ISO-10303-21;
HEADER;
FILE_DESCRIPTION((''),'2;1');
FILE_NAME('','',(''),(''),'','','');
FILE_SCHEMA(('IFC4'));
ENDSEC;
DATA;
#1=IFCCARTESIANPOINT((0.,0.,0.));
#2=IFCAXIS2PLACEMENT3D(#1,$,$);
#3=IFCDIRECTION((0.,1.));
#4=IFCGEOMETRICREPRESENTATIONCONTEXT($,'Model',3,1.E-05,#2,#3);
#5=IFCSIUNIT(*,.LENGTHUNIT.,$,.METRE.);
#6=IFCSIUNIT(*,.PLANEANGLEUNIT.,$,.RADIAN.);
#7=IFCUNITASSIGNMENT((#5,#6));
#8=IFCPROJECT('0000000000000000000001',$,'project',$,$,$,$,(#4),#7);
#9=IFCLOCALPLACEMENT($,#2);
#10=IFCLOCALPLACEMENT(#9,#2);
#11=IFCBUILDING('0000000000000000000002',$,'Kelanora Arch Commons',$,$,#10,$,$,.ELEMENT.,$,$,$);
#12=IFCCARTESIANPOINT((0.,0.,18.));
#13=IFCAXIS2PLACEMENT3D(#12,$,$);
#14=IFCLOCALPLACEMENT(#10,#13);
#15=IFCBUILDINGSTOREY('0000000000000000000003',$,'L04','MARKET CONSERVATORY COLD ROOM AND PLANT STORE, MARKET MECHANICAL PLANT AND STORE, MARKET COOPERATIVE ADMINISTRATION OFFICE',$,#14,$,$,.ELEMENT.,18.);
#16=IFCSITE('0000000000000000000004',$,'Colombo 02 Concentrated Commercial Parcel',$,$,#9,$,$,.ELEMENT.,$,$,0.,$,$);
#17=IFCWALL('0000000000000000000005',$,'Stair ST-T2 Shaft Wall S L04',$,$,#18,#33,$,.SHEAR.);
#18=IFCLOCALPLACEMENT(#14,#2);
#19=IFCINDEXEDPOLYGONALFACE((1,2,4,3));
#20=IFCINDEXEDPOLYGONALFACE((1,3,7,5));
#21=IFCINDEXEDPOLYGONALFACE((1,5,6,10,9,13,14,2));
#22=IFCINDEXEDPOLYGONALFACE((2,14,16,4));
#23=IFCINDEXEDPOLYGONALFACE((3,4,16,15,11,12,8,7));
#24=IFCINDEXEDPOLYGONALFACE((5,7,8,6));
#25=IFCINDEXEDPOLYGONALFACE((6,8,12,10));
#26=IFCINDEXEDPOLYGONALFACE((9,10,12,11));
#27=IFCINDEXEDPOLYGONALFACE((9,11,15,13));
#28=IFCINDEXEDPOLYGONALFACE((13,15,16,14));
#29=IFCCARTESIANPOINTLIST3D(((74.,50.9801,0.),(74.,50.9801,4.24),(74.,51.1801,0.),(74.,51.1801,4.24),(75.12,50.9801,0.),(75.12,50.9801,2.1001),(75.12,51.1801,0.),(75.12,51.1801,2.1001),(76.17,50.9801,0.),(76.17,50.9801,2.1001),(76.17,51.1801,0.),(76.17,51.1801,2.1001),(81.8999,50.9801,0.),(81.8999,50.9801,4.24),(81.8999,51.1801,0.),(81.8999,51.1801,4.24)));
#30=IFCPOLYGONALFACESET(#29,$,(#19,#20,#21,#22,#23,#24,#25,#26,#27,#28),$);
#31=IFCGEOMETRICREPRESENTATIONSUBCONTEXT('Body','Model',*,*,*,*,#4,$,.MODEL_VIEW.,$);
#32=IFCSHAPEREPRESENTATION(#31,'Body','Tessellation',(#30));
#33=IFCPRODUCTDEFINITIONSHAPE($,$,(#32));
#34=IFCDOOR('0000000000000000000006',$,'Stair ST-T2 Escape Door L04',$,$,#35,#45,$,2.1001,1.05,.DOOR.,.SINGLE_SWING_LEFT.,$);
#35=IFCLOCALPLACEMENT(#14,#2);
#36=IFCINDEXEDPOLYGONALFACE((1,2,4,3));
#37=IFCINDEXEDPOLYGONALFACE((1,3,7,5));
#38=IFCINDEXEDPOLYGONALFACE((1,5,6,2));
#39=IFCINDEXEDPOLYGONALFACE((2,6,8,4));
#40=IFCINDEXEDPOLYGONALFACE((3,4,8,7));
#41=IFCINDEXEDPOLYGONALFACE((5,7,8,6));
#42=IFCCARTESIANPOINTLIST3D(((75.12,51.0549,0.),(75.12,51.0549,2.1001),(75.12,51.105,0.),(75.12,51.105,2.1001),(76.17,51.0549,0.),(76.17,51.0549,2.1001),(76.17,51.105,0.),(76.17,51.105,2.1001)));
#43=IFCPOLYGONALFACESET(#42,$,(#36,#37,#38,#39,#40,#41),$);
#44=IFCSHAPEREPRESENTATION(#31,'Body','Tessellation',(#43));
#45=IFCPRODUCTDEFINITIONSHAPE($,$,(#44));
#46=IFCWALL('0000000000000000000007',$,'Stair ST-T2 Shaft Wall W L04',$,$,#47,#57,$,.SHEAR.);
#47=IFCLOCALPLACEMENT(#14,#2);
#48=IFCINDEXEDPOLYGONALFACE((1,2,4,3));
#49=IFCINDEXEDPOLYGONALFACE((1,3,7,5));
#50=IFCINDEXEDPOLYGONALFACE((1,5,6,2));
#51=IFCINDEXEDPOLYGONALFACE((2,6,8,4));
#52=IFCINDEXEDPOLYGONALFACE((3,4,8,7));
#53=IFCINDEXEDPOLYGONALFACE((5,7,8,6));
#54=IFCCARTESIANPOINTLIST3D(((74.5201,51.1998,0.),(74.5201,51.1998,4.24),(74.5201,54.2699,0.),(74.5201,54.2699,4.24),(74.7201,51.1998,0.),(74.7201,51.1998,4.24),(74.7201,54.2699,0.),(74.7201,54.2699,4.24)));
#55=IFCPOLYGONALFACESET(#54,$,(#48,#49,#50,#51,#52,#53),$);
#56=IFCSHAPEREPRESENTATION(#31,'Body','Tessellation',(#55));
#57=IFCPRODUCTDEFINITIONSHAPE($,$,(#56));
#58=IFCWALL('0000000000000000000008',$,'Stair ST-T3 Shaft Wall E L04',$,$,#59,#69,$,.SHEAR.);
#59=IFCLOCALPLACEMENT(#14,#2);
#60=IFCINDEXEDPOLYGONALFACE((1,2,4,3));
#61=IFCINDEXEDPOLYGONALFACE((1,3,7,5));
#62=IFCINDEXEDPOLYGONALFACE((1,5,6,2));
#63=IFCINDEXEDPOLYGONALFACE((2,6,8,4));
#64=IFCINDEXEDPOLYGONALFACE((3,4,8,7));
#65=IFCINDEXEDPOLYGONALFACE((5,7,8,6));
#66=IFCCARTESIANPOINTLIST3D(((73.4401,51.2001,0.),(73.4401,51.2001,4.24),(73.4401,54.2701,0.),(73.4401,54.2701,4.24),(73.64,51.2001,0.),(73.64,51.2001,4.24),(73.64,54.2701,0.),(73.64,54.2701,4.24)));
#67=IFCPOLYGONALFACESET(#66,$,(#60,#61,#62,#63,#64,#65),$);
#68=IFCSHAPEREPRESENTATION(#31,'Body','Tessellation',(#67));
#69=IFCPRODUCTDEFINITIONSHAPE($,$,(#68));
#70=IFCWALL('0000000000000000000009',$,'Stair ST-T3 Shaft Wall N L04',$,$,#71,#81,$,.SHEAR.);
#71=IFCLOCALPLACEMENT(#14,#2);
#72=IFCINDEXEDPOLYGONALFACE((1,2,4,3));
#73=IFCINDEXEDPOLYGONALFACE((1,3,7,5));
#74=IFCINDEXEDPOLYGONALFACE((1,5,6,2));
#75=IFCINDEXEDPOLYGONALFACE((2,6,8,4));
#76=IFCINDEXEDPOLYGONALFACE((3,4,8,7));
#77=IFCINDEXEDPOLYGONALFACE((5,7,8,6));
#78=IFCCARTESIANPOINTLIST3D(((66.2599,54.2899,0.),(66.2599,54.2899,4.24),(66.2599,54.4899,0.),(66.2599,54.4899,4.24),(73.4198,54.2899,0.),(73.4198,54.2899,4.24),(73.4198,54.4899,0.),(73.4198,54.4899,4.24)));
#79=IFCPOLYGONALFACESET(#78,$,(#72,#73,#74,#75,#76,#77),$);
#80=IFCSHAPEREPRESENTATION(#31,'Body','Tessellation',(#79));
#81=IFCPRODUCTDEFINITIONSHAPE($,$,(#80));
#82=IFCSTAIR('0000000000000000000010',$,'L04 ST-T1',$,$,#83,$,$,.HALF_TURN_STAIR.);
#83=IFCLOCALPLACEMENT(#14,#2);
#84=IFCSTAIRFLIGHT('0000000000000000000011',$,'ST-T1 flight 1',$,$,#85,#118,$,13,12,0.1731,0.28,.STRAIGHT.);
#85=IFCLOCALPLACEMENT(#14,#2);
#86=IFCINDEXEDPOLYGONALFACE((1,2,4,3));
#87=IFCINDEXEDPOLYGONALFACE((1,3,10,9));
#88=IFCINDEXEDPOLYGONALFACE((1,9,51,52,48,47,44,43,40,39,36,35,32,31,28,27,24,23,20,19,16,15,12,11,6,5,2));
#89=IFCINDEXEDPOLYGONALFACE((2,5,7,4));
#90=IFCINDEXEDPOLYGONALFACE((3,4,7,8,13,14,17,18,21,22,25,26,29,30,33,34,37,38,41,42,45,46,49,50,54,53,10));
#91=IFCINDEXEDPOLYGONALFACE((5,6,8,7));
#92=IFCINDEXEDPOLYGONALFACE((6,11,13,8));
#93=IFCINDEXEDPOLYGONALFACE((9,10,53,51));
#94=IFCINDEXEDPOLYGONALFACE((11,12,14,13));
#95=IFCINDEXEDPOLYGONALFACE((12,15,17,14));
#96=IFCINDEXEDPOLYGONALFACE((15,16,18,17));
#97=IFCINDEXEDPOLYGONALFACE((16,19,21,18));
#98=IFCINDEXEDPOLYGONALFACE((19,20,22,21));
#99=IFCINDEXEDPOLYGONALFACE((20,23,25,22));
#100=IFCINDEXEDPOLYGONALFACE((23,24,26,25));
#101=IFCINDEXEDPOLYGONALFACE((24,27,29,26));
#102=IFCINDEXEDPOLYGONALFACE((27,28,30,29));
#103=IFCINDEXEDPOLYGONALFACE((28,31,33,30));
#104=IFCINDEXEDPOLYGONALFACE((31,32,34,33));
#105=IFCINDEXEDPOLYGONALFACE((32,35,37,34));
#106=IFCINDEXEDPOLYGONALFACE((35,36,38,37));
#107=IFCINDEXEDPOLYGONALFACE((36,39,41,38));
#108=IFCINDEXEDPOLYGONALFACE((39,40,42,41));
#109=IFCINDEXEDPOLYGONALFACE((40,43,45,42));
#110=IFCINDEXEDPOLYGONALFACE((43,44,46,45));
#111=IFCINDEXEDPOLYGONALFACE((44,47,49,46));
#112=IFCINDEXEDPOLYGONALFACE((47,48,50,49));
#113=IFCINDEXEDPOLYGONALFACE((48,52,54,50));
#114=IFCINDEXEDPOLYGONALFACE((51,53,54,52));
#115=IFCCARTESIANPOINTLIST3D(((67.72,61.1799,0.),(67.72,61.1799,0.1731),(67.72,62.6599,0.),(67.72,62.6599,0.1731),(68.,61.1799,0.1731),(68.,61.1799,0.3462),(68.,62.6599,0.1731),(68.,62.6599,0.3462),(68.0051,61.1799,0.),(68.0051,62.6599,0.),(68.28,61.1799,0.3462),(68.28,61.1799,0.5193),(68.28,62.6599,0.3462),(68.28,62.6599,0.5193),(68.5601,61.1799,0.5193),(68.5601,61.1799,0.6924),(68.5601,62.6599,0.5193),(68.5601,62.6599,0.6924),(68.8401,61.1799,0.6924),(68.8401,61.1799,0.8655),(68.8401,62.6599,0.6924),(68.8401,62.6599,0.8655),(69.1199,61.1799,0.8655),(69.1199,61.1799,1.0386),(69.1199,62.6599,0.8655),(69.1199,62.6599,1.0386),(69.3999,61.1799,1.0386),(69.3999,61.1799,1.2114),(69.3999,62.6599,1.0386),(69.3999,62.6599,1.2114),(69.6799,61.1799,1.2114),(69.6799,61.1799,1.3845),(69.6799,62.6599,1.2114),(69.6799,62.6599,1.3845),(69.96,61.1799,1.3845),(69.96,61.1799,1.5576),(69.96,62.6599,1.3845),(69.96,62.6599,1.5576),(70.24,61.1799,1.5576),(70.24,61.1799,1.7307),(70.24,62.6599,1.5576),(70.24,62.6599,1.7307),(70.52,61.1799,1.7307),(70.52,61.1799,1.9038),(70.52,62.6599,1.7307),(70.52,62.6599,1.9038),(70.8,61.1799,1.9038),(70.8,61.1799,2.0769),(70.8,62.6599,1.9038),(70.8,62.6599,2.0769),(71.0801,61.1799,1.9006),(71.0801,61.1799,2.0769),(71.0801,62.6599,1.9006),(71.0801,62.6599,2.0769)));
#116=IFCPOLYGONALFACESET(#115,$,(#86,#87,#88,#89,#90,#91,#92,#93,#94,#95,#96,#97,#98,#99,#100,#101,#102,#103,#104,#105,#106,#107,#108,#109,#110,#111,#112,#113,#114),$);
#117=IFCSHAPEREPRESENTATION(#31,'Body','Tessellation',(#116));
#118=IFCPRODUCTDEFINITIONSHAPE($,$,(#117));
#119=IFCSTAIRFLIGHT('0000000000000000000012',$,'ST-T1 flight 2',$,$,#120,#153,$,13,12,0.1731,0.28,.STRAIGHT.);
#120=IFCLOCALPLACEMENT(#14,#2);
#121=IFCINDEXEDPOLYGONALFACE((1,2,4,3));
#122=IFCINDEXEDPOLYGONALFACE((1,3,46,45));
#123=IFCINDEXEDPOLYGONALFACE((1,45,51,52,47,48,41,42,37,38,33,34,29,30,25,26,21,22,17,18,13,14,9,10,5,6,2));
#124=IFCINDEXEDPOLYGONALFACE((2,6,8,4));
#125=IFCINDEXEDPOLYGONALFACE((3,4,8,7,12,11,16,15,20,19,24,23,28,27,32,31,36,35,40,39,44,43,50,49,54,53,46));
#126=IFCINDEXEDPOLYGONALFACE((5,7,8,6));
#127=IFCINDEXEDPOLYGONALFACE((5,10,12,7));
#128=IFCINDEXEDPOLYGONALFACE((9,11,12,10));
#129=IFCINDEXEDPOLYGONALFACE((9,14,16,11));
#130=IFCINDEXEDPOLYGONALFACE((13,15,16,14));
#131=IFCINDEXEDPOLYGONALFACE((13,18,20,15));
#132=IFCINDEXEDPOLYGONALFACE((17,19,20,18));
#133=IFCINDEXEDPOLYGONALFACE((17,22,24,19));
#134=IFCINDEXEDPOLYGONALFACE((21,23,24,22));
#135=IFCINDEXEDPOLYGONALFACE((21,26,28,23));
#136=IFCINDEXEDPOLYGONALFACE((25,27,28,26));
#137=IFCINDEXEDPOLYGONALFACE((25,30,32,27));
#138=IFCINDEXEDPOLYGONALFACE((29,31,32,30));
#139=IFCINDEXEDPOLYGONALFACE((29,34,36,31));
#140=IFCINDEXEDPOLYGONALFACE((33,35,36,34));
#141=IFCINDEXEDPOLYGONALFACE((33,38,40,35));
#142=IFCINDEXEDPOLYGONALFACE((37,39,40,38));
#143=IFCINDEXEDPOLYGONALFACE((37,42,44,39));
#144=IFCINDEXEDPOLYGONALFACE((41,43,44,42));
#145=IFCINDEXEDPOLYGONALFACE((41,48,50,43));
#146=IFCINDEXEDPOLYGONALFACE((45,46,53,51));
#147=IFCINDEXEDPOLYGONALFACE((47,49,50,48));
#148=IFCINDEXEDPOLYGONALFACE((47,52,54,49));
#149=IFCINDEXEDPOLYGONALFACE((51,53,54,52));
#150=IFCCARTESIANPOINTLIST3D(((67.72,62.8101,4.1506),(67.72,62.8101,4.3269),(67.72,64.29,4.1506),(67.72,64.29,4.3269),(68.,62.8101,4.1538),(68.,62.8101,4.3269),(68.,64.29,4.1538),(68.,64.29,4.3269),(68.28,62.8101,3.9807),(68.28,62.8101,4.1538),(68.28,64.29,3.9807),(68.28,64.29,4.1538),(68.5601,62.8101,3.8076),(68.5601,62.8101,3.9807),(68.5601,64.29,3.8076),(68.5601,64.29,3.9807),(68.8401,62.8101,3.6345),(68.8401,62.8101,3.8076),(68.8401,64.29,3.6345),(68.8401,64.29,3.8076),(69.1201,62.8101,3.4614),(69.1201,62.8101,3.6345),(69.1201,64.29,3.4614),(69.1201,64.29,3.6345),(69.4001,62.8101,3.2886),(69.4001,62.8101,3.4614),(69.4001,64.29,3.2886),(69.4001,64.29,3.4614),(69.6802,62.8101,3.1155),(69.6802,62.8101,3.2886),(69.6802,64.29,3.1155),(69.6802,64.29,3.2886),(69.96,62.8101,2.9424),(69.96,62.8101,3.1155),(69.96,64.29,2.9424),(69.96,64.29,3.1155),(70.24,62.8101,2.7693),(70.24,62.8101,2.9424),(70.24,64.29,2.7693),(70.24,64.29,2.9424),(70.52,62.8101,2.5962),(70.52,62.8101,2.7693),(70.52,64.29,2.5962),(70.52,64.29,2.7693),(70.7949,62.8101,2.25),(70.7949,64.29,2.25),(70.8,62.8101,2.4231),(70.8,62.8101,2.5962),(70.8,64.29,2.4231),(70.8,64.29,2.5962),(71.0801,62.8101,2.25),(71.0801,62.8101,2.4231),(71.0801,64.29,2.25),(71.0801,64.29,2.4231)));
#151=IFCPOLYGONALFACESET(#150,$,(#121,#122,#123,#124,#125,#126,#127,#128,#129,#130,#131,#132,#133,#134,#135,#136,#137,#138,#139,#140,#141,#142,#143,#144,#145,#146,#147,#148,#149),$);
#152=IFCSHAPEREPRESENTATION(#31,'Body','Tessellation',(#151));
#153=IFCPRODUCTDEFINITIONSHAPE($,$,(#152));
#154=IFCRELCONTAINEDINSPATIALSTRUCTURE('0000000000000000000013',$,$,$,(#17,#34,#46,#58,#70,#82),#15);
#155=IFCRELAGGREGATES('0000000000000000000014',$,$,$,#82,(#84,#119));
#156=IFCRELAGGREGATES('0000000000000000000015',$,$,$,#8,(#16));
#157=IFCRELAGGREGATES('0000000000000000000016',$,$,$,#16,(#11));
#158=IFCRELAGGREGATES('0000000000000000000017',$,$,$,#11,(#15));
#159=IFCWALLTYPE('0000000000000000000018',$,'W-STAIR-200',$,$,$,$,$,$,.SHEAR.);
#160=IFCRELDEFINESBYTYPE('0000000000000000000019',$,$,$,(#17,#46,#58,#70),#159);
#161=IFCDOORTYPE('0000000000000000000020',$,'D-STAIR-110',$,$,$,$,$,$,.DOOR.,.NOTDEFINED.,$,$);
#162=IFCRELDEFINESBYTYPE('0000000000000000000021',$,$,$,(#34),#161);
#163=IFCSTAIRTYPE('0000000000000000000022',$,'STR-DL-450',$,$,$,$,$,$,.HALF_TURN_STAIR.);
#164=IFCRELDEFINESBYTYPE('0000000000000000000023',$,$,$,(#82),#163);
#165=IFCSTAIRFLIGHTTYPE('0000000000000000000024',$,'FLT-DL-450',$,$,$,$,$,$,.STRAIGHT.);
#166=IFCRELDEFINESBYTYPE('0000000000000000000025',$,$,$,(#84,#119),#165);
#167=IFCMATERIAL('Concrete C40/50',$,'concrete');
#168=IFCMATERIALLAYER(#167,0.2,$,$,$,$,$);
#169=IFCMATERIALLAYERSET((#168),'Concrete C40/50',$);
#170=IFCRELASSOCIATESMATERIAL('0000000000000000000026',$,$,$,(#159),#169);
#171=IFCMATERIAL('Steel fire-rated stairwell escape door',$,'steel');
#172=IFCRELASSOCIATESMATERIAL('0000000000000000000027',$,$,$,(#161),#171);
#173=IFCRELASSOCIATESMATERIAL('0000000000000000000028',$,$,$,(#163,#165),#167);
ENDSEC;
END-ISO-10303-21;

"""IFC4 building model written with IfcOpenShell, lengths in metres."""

from ifc_helpers import new_model, si_unit, direction, frame, frame_2d, origin, place, context, subcontext, project, spatial, polyline, rectangle, outline, extrude, material, layer, layer_set, type_object, element, fill, aggregate, save


model = new_model("IFC4")

# Units and contexts
model_context = context("Model", 3, precision=1e-05, world=origin(), true_north=direction((0.0, 1.0)))
body_context = subcontext(model_context, "Body", "Model", "MODEL_VIEW")
ifc_project = project(units=[si_unit("LENGTHUNIT", "METRE"), si_unit("PLANEANGLEUNIT", "RADIAN")], contexts=[model_context])

# Site, building, storey
site_placement = place(None, origin())
site = spatial("IfcSite", under=ifc_project, at=site_placement, Name="Colombo 02 Concentrated Commercial Parcel", CompositionType="ELEMENT", RefElevation=0.0)
building_placement = place(site_placement, origin())
building = spatial("IfcBuilding", under=site, at=building_placement, Name="Kelanora Arch Commons", CompositionType="ELEMENT")
storey_placement = place(building_placement, frame((0.0, 0.0, 18.0)))
storey = spatial("IfcBuildingStorey", under=building, at=storey_placement, Name="L04", Description="MARKET CONSERVATORY COLD ROOM AND PLANT STORE, MARKET MECHANICAL PLANT AND STORE, MARKET COOPERATIVE ADMINISTRATION OFFICE", CompositionType="ELEMENT", Elevation=18.0)

# Shared definitions
ifc_material_1 = material(Name="Concrete C40/50", Category="concrete")

# Shared definitions
ifc_layer_1 = layer(ifc_material_1, 0.2)
ifc_layer_set_1 = layer_set([ifc_layer_1], Name="Concrete C40/50")
wall_type_1 = type_object("IfcWallType", Name="W-STAIR-200", PredefinedType="SHEAR", material=ifc_layer_set_1)

# Wall, opening, door
wall_1_placement = place(storey_placement, frame((74.0, 51.0801, 0.0), z_axis=(0.0, 0.0, 1.0), x_axis=(1.0, 0.0, 0.0)))
wall_1 = element("IfcWall", 1, at=wall_1_placement, inside=storey, type_object=wall_type_1, Name="Stair ST-T2 Shaft Wall S L04", PredefinedType="SHEAR", context=body_context, shape_type="SweptSolid", body=[
    extrude(rectangle(XDim=7.8999, YDim=0.2, at=frame_2d((3.95, 0.0))), origin(), (0.0, 0.0, 1.0), 4.24),
])
opening_1_placement = place(wall_1_placement, frame((1.1201, 0.0, 0.0)))
opening_1 = element("IfcOpeningElement", 2, at=opening_1_placement, cuts=wall_1, PredefinedType="OPENING", context=body_context, shape_type="SweptSolid", body=[
    extrude(rectangle(XDim=1.05, YDim=2.1001, at=frame_2d((0.5249, 1.05))), frame((0.0, 0.1099, 0.0), z_axis=(0.0, -1.0, 0.0), x_axis=(1.0, 0.0, 0.0)), (0.0, 0.0, 1.0), 0.22),
])
ifc_material_2 = material(Name="Steel fire-rated stairwell escape door", Category="steel")
door_type_1 = type_object("IfcDoorType", Name="D-STAIR-110", OperationType="NOTDEFINED", PredefinedType="DOOR", material=ifc_material_2)
door_1_placement = place(opening_1_placement, origin())
door_1 = element("IfcDoor", 3, at=door_1_placement, inside=storey, type_object=door_type_1, Name="Stair ST-T2 Escape Door L04", OperationType="SINGLE_SWING_LEFT", OverallHeight=2.1001, OverallWidth=1.05, PredefinedType="DOOR", context=body_context, shape_type="SweptSolid", body=[
    extrude(rectangle(XDim=1.05, YDim=2.1001, at=frame_2d((0.5249, 1.05))), frame((0.0, 0.0249, 0.0), z_axis=(0.0, -1.0, 0.0), x_axis=(1.0, 0.0, 0.0)), (0.0, 0.0, 1.0), 0.05),
])
fill(opening_1, door_1)

# Walls
for number, where, z_axis, x_axis, name in (
    (4, (74.6201, 54.27, 0.0), (0.0, 0.0, 1.0), (0.0, -1.0, 0.0), "Stair ST-T2 Shaft Wall W L04"),
    (5, (73.54, 51.2, 0.0), (0.0, 0.0, 1.0), (0.0, 1.0, 0.0), "Stair ST-T3 Shaft Wall E L04"),
):
    element("IfcWall", number, at=place(storey_placement, frame(where, z_axis=z_axis, x_axis=x_axis)), inside=storey, type_object=wall_type_1, Name=name, PredefinedType="SHEAR", context=body_context, shape_type="SweptSolid", body=[
        extrude(rectangle(XDim=3.0701, YDim=0.2, at=frame_2d((1.5352, 0.0))), origin(), (0.0, 0.0, 1.0), 4.24),
    ])
wall_2_placement = place(storey_placement, frame((73.4199, 54.3899, 0.0), z_axis=(0.0, 0.0, 1.0), x_axis=(-1.0, 0.0, 0.0)))
element("IfcWall", 6, at=wall_2_placement, inside=storey, type_object=wall_type_1, Name="Stair ST-T3 Shaft Wall N L04", PredefinedType="SHEAR", context=body_context, shape_type="SweptSolid", body=[
    extrude(rectangle(XDim=7.1599, YDim=0.2, at=frame_2d((3.5801, 0.0))), origin(), (0.0, 0.0, 1.0), 4.24),
])

# Stair, stair flights
stair_type = type_object("IfcStairType", Name="STR-DL-450", PredefinedType="HALF_TURN_STAIR", material=ifc_material_1)
stair_1_placement = place(storey_placement, origin())
stair_1 = element("IfcStair", 7, at=stair_1_placement, inside=storey, type_object=stair_type, Name="L04 ST-T1", PredefinedType="HALF_TURN_STAIR")
stair_flight_type = type_object("IfcStairFlightType", Name="FLT-DL-450", PredefinedType="STRAIGHT", material=ifc_material_1)
stair_flight_1_placement = place(storey_placement, frame((67.72, 61.9199, 0.0), z_axis=(0.0, 0.0, 1.0), x_axis=(1.0, 0.0, 0.0)))
stair_flight_1 = element("IfcStairFlight", 8, at=stair_flight_1_placement, type_object=stair_flight_type, Name="ST-T1 flight 1", NumberOfRisers=13, NumberOfTreads=12, PredefinedType="STRAIGHT", RiserHeight=0.1731, TreadLength=0.28, context=body_context, shape_type="SweptSolid", body=[
    extrude(outline(polyline([(0.0, 0.0), (0.0, 0.1731), (0.28, 0.1731), (0.28, 0.3462), (0.5601, 0.3462), (0.5601, 0.5193), (0.8401, 0.5193), (0.8401, 0.6924), (1.1201, 0.6924), (1.1201, 0.8655), (1.3999, 0.8655), (1.3999, 1.0386), (1.6799, 1.0386), (1.6799, 1.2114), (1.96, 1.2114), (1.96, 1.3845), (2.24, 1.3845), (2.24, 1.5576), (2.52, 1.5576), (2.52, 1.7307), (2.8, 1.7307), (2.8, 1.9038), (3.0801, 1.9038), (3.0801, 2.0769), (3.3601, 2.0769), (3.3601, 2.25), (3.3601, 1.9006), (0.2852, 0.0), (0.0, 0.0)])), frame((0.0, 0.74, 0.0), z_axis=(0.0, -1.0, 0.0), x_axis=(1.0, 0.0, 0.0)), (0.0, 0.0, 1.0), 1.48),
])
stair_flight_2_placement = place(storey_placement, frame((71.0801, 63.55, 2.25), z_axis=(0.0, 0.0, 1.0), x_axis=(-1.0, 0.0, 0.0)))
stair_flight_2 = element("IfcStairFlight", 9, at=stair_flight_2_placement, type_object=stair_flight_type, Name="ST-T1 flight 2", NumberOfRisers=13, NumberOfTreads=12, PredefinedType="STRAIGHT", RiserHeight=0.1731, TreadLength=0.28, context=body_context, shape_type="SweptSolid", body=[
    extrude(outline(polyline([(0.0, 0.0), (0.0, 0.1731), (0.28, 0.1731), (0.28, 0.3462), (0.5601, 0.3462), (0.5601, 0.5193), (0.8401, 0.5193), (0.8401, 0.6924), (1.1201, 0.6924), (1.1201, 0.8655), (1.3999, 0.8655), (1.3999, 1.0386), (1.6799, 1.0386), (1.6799, 1.2114), (1.96, 1.2114), (1.96, 1.3845), (2.24, 1.3845), (2.24, 1.5576), (2.52, 1.5576), (2.52, 1.7307), (2.8, 1.7307), (2.8, 1.9038), (3.0801, 1.9038), (3.0801, 2.0769), (3.3601, 2.0769), (3.3601, 2.25), (3.3601, 1.9006), (0.2852, 0.0), (0.0, 0.0)])), frame((0.0, 0.74, 0.0), z_axis=(0.0, -1.0, 0.0), x_axis=(1.0, 0.0, 0.0)), (0.0, 0.0, 1.0), 1.48),
])
aggregate(stair_1, [stair_flight_1, stair_flight_2])

save(model, "model.ifc")
